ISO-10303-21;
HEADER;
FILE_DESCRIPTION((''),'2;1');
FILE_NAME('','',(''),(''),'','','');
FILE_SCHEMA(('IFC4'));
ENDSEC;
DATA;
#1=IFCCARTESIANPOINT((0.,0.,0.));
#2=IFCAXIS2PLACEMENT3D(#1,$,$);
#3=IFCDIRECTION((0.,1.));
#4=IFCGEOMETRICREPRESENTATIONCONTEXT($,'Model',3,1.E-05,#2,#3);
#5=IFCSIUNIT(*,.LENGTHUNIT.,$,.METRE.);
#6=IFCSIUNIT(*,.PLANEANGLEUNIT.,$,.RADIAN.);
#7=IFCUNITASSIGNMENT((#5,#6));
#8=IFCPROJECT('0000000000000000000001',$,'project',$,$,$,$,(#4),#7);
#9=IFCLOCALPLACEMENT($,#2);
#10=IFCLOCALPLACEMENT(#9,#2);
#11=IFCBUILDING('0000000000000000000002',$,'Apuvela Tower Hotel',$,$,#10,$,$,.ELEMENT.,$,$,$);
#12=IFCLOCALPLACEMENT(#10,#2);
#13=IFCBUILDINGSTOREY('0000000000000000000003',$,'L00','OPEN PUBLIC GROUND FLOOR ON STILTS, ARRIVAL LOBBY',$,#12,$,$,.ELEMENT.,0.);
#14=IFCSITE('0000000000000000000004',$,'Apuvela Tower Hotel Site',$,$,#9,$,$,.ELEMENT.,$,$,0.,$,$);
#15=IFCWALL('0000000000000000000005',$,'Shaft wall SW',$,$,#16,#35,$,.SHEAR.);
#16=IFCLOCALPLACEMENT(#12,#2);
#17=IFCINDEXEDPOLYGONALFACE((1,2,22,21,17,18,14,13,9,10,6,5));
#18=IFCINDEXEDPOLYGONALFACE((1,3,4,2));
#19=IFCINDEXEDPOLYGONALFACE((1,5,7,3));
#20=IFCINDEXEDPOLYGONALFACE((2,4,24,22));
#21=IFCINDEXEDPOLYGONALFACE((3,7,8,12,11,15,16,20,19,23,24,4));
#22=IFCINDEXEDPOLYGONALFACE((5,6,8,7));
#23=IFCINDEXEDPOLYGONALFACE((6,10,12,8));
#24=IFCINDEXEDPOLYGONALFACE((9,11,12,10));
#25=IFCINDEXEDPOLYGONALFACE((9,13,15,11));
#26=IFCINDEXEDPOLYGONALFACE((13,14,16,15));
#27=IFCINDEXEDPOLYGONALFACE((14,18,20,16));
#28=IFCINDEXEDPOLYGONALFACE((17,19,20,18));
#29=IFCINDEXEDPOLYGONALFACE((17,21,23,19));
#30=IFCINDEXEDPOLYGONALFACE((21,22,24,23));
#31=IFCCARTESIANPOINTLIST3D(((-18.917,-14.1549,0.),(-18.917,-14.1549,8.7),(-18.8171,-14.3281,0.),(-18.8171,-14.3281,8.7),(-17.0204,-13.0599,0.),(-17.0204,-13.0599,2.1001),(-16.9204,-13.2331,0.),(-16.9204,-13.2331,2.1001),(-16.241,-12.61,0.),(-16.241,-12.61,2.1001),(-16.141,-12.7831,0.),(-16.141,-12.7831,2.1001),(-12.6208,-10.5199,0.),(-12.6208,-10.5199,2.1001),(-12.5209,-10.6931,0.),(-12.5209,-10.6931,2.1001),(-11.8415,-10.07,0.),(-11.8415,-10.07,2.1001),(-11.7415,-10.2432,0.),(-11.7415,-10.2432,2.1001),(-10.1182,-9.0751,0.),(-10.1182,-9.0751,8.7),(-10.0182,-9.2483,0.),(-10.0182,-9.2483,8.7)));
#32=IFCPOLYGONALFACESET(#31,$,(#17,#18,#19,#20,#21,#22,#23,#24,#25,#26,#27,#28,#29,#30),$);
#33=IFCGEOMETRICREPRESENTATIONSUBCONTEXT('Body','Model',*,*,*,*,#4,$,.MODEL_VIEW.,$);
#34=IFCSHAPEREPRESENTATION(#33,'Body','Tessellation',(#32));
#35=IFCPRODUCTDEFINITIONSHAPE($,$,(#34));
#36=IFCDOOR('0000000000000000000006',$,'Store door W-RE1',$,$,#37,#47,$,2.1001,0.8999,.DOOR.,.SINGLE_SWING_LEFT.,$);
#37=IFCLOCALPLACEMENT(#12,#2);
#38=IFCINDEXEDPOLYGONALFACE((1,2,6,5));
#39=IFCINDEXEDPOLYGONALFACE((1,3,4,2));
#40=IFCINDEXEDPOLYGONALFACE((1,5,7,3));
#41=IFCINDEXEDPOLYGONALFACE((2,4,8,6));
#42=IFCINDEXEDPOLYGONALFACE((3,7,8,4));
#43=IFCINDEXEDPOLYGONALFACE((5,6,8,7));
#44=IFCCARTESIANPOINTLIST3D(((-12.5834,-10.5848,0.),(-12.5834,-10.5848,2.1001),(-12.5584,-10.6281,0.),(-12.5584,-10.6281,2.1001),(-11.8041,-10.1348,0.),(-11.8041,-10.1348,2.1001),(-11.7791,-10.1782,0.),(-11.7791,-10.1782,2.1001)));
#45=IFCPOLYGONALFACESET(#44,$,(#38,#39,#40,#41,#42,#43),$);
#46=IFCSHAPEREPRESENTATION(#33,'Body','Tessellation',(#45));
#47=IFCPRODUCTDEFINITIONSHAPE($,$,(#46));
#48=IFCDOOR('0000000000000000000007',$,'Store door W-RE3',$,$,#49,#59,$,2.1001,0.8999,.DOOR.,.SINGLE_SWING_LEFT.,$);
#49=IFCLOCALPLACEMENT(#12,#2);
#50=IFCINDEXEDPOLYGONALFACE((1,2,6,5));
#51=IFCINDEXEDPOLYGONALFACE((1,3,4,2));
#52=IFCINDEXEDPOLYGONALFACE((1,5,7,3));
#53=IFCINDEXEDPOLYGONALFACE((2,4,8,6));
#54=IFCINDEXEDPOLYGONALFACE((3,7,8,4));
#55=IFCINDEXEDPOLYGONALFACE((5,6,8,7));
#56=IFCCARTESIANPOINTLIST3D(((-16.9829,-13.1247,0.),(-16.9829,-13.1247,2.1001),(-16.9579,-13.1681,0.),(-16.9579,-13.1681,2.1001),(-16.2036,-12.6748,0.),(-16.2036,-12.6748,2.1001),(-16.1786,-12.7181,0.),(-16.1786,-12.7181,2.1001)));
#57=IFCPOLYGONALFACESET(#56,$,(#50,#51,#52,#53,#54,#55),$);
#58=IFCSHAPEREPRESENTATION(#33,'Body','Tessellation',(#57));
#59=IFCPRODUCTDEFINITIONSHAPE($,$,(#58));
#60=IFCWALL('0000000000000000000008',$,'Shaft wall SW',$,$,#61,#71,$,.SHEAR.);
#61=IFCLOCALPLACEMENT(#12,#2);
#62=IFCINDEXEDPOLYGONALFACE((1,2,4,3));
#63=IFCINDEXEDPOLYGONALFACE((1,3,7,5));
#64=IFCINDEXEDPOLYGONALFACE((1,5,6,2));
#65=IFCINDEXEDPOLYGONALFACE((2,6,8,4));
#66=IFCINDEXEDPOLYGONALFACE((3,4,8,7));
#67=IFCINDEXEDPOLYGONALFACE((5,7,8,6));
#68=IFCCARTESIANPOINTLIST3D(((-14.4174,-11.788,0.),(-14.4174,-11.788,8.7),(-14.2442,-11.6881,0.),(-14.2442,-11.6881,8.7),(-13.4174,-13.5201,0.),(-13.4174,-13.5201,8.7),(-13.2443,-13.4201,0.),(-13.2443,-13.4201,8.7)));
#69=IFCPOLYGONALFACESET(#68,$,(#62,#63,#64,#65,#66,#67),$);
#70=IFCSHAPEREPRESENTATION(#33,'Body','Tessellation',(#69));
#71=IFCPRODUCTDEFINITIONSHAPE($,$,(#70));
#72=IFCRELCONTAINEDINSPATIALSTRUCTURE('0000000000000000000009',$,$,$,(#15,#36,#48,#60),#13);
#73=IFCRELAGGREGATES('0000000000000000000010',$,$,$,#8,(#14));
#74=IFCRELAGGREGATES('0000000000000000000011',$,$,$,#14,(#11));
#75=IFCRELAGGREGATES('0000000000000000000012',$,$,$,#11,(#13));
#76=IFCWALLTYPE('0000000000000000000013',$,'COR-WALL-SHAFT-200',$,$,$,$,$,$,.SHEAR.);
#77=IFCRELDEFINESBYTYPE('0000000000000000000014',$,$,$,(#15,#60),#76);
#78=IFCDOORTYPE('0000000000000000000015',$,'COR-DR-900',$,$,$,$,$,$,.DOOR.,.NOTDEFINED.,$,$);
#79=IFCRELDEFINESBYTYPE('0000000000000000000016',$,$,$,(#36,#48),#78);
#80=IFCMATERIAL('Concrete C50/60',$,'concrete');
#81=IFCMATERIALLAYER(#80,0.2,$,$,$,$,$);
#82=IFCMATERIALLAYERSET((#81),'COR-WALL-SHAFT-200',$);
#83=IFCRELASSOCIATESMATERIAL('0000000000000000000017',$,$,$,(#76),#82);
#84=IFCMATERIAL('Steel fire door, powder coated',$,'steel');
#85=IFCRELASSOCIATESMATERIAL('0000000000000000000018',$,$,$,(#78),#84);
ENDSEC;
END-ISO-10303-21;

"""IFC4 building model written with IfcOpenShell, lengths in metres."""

from ifc_helpers import new_model, si_unit, direction, frame, frame_2d, origin, place, context, subcontext, project, spatial, rectangle, extrude, material, layer, layer_set, type_object, element, fill, save


model = new_model("IFC4")

# Units and contexts
model_context = context("Model", 3, precision=1e-05, world=origin(), true_north=direction((0.0, 1.0)))
body_context = subcontext(model_context, "Body", "Model", "MODEL_VIEW")
ifc_project = project(units=[si_unit("LENGTHUNIT", "METRE"), si_unit("PLANEANGLEUNIT", "RADIAN")], contexts=[model_context])

# Site, building, storey
site_placement = place(None, origin())
site = spatial("IfcSite", under=ifc_project, at=site_placement, Name="Apuvela Tower Hotel Site", CompositionType="ELEMENT", RefElevation=0.0)
building_placement = place(site_placement, origin())
building = spatial("IfcBuilding", under=site, at=building_placement, Name="Apuvela Tower Hotel", CompositionType="ELEMENT")
storey_placement = place(building_placement, origin())
storey = spatial("IfcBuildingStorey", under=building, at=storey_placement, Name="L00", Description="OPEN PUBLIC GROUND FLOOR ON STILTS, ARRIVAL LOBBY", CompositionType="ELEMENT", Elevation=0.0)

# Shared definitions
ifc_material_1 = material(Name="Concrete C50/60", Category="concrete")

# Shared definitions
ifc_layer_1 = layer(ifc_material_1, 0.2)
ifc_layer_set_1 = layer_set([ifc_layer_1], Name="COR-WALL-SHAFT-200")
wall_type_1 = type_object("IfcWallType", Name="COR-WALL-SHAFT-200", PredefinedType="SHEAR", material=ifc_layer_set_1)

# Wall, openings, doors
wall_1_placement = place(storey_placement, frame((-10.0681, -9.1616, 0.0), z_axis=(0.0, 0.0, 1.0), x_axis=(-0.866033, -0.499987, 0.0)))
wall_1 = element("IfcWall", 1, at=wall_1_placement, inside=storey, type_object=wall_type_1, Name="Shaft wall SW", PredefinedType="SHEAR", context=body_context, shape_type="SweptSolid", body=[
    extrude(rectangle(XDim=10.1599, YDim=0.2, at=frame_2d((5.0801, 0.0))), origin(), (0.0, 0.0, 1.0), 8.7),
])
opening_1_placement = place(wall_1_placement, frame((1.99, 0.0, 0.0)))
opening_1 = element("IfcOpeningElement", 2, at=opening_1_placement, cuts=wall_1, PredefinedType="OPENING", context=body_context, shape_type="SweptSolid", body=[
    extrude(rectangle(XDim=0.8999, YDim=2.1001, at=frame_2d((0.45, 1.05))), frame((0.0, 0.1099, 0.0), z_axis=(0.0, -1.0, 0.0), x_axis=(1.0, 0.0, 0.0)), (0.0, 0.0, 1.0), 0.22),
])
opening_2_placement = place(wall_1_placement, frame((7.0701, 0.0, 0.0)))
opening_2 = element("IfcOpeningElement", 3, at=opening_2_placement, cuts=wall_1, PredefinedType="OPENING", context=body_context, shape_type="SweptSolid", body=[
    extrude(rectangle(XDim=0.8999, YDim=2.1001, at=frame_2d((0.45, 1.05))), frame((0.0, 0.1099, 0.0), z_axis=(0.0, -1.0, 0.0), x_axis=(1.0, 0.0, 0.0)), (0.0, 0.0, 1.0), 0.22),
])
ifc_material_2 = material(Name="Steel fire door, powder coated", Category="steel")
door_type_1 = type_object("IfcDoorType", Name="COR-DR-900", OperationType="NOTDEFINED", PredefinedType="DOOR", material=ifc_material_2)
door_1_placement = place(opening_1_placement, origin())
door_1 = element("IfcDoor", 4, at=door_1_placement, inside=storey, type_object=door_type_1, Name="Store door W-RE1", OperationType="SINGLE_SWING_LEFT", OverallHeight=2.1001, OverallWidth=0.8999, PredefinedType="DOOR", context=body_context, shape_type="SweptSolid", body=[
    extrude(rectangle(XDim=0.8999, YDim=2.1001, at=frame_2d((0.45, 1.05))), frame((0.0, 0.0249, 0.0), z_axis=(0.0, -1.0, 0.0), x_axis=(1.0, 0.0, 0.0)), (0.0, 0.0, 1.0), 0.05),
])
fill(opening_1, door_1)
door_2_placement = place(opening_2_placement, origin())
door_2 = element("IfcDoor", 5, at=door_2_placement, inside=storey, type_object=door_type_1, Name="Store door W-RE3", OperationType="SINGLE_SWING_LEFT", OverallHeight=2.1001, OverallWidth=0.8999, PredefinedType="DOOR", context=body_context, shape_type="SweptSolid", body=[
    extrude(rectangle(XDim=0.8999, YDim=2.1001, at=frame_2d((0.45, 1.05))), frame((0.0, 0.0249, 0.0), z_axis=(0.0, -1.0, 0.0), x_axis=(1.0, 0.0, 0.0)), (0.0, 0.0, 1.0), 0.05),
])
fill(opening_2, door_2)

# Wall
wall_2_placement = place(storey_placement, frame((-14.3308, -11.738, 0.0), z_axis=(0.0, 0.0, 1.0), x_axis=(0.499973, -0.866041, 0.0)))
element("IfcWall", 6, at=wall_2_placement, inside=storey, type_object=wall_type_1, Name="Shaft wall SW", PredefinedType="SHEAR", context=body_context, shape_type="SweptSolid", body=[
    extrude(rectangle(XDim=2.0, YDim=0.2, at=frame_2d((1.0, 0.0))), origin(), (0.0, 0.0, 1.0), 8.7),
])

save(model, "model.ifc")
